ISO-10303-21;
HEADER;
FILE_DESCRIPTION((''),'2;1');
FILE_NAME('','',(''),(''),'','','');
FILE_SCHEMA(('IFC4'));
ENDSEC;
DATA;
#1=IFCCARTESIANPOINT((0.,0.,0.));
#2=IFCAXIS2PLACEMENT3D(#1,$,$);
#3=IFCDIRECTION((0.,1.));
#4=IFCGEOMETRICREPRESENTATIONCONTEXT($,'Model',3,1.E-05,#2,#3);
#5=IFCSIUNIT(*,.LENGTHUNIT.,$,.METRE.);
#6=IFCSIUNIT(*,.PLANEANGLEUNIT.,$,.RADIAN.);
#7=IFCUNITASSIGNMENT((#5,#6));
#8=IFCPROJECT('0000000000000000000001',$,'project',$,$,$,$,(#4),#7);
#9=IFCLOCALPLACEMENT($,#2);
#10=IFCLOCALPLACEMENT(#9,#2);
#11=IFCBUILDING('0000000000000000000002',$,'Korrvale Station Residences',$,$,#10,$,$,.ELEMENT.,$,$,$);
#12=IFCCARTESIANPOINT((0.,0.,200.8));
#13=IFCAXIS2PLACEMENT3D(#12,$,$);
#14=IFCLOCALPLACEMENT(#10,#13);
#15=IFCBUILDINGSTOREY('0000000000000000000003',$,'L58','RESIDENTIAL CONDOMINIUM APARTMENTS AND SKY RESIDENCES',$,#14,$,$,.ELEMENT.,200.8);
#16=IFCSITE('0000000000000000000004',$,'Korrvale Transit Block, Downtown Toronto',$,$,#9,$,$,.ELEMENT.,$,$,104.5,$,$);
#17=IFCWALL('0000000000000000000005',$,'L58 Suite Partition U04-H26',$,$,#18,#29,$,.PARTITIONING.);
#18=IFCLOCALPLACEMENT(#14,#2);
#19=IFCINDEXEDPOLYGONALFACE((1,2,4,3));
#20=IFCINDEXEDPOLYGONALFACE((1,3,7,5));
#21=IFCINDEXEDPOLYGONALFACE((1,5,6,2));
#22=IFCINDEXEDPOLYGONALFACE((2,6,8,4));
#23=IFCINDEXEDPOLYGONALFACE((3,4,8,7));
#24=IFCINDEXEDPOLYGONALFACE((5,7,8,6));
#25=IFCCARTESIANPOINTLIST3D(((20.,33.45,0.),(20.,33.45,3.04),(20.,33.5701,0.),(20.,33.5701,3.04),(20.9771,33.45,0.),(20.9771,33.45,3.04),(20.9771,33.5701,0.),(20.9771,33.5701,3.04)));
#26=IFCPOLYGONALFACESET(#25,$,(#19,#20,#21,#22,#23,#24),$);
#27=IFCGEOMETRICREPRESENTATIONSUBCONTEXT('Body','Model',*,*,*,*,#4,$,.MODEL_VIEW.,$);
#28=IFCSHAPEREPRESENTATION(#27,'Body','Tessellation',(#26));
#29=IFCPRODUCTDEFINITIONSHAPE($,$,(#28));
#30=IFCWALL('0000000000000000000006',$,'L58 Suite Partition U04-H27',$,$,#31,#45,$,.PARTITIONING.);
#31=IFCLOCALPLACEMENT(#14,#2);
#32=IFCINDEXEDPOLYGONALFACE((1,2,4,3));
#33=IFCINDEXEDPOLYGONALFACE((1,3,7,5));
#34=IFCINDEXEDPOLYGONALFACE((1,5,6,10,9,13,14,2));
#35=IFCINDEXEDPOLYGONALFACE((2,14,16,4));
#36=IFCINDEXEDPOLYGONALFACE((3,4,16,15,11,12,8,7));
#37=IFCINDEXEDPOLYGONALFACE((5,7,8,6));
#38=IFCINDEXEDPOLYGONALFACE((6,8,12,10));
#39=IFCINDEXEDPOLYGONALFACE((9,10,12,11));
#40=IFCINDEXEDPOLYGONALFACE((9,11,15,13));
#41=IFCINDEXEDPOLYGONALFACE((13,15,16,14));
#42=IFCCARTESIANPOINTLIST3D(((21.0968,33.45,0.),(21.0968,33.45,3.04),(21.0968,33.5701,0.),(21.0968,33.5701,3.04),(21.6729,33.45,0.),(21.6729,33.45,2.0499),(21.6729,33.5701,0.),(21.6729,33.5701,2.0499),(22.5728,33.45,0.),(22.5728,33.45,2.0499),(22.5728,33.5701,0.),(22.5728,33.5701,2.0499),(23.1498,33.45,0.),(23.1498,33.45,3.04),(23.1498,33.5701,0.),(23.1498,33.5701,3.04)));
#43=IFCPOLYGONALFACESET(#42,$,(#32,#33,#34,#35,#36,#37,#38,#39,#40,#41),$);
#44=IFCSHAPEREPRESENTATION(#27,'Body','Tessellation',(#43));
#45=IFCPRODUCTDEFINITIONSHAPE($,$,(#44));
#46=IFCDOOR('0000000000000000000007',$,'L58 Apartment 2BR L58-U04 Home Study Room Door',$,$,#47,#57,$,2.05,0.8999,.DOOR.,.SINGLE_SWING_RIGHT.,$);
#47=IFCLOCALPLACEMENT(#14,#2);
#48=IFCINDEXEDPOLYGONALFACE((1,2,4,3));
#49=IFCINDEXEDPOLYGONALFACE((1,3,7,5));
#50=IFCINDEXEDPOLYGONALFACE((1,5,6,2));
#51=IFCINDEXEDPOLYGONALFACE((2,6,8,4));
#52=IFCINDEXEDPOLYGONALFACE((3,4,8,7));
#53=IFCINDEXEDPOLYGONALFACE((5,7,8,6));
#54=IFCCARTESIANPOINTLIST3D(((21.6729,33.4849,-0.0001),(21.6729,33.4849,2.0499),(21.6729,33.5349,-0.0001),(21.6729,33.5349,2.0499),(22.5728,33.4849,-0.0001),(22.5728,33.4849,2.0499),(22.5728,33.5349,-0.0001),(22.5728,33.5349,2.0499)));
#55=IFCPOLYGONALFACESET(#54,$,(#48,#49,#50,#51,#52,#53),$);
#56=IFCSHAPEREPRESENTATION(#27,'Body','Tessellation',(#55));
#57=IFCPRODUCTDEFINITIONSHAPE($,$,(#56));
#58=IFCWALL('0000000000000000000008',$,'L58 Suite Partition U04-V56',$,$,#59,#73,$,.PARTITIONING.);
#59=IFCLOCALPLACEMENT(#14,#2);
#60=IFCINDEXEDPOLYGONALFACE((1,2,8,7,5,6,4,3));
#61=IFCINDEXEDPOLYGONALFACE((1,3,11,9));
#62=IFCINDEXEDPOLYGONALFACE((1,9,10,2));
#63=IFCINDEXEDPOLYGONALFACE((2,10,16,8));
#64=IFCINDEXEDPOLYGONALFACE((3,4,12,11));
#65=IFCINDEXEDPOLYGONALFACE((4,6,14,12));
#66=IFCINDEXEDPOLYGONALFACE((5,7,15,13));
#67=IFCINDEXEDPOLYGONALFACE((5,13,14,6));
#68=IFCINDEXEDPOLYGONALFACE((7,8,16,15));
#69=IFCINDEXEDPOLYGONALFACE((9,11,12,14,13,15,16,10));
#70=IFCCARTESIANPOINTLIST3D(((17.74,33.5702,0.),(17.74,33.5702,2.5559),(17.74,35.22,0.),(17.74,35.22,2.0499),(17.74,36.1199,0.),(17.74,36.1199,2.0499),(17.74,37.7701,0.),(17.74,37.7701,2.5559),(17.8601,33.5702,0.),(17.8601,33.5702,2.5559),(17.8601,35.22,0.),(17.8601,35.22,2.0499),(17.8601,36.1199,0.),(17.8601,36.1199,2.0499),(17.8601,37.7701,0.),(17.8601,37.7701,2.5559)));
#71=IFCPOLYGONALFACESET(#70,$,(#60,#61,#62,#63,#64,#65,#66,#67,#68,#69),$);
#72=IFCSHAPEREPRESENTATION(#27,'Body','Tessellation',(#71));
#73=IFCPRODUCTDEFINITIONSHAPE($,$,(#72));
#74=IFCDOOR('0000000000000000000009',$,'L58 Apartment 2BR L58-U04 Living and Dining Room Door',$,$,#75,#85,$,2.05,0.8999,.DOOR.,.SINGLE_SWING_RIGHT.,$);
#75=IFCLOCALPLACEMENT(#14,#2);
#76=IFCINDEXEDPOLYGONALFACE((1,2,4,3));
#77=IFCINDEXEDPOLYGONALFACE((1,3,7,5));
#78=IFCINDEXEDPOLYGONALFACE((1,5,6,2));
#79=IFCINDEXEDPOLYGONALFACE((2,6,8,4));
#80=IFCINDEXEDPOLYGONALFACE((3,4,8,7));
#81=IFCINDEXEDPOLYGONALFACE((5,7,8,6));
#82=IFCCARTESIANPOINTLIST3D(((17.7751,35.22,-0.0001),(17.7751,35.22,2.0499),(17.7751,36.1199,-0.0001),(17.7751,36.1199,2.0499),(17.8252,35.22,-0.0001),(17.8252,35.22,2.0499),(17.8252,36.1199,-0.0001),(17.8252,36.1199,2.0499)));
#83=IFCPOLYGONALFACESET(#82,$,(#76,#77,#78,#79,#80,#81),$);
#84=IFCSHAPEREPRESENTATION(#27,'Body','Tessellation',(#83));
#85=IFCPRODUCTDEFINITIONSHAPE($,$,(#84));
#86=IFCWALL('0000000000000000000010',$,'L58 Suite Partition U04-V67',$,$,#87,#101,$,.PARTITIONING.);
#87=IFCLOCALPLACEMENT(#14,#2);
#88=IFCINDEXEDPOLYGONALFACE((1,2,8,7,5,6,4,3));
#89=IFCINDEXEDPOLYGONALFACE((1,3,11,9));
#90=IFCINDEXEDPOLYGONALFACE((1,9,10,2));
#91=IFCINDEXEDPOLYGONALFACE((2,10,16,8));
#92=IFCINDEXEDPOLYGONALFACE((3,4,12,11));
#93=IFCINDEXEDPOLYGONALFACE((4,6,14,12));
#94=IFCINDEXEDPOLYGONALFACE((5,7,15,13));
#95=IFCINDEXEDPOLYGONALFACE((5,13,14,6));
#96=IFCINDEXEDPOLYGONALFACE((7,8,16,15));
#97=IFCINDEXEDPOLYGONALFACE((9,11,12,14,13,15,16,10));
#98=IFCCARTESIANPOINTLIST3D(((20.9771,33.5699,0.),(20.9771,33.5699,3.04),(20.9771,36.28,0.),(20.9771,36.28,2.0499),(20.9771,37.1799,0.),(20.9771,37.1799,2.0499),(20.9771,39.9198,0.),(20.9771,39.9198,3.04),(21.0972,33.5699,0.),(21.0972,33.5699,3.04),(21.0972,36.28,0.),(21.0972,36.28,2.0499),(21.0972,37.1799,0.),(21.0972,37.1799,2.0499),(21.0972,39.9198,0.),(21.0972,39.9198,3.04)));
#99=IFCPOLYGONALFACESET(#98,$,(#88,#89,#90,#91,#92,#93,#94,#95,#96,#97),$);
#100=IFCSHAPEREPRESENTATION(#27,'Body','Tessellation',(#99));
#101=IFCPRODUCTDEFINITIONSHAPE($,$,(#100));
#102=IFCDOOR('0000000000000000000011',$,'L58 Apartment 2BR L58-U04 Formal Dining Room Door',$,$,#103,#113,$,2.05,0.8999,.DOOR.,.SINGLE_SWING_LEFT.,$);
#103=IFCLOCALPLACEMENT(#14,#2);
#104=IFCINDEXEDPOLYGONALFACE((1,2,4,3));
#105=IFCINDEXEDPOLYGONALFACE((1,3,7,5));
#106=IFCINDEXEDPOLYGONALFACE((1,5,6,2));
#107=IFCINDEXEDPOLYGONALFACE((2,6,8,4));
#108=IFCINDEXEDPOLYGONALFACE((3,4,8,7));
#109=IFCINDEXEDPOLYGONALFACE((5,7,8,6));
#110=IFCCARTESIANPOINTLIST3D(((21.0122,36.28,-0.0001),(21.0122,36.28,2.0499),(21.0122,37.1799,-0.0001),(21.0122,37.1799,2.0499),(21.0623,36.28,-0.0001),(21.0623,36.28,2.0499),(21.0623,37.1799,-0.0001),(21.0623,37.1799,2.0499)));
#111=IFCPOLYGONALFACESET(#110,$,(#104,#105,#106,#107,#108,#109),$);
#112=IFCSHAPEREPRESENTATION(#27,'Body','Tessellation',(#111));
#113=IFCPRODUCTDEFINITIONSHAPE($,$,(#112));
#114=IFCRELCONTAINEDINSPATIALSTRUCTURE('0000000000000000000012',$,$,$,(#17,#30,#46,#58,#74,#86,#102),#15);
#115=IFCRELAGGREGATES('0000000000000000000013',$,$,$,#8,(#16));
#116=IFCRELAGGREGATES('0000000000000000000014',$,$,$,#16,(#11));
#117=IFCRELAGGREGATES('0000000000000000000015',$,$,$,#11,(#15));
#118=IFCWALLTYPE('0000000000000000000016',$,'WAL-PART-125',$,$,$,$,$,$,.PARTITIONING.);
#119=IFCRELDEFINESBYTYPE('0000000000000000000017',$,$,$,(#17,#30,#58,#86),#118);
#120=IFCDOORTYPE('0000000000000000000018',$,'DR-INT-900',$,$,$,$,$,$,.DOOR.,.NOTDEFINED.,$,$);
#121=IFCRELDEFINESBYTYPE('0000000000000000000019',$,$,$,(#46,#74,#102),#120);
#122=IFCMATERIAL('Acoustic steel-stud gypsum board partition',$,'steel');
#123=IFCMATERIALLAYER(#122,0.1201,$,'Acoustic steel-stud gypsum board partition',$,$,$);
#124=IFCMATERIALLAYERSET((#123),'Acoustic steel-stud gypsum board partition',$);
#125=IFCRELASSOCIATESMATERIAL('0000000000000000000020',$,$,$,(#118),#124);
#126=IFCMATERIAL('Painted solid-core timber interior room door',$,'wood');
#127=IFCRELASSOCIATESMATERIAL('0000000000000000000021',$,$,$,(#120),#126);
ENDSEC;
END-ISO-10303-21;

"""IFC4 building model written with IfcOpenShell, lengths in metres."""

from ifc_helpers import new_model, si_unit, direction, frame, frame_2d, origin, place, context, subcontext, project, spatial, rectangle, extrude, material, layer, layer_set, type_object, element, fill, save


model = new_model("IFC4")

# Units and contexts
model_context = context("Model", 3, precision=1e-05, world=origin(), true_north=direction((0.0, 1.0)))
body_context = subcontext(model_context, "Body", "Model", "MODEL_VIEW")
ifc_project = project(units=[si_unit("LENGTHUNIT", "METRE"), si_unit("PLANEANGLEUNIT", "RADIAN")], contexts=[model_context])

# Site, building, storey
site_placement = place(None, origin())
site = spatial("IfcSite", under=ifc_project, at=site_placement, Name="Korrvale Transit Block, Downtown Toronto", CompositionType="ELEMENT", RefElevation=104.5)
building_placement = place(site_placement, origin())
building = spatial("IfcBuilding", under=site, at=building_placement, Name="Korrvale Station Residences", CompositionType="ELEMENT")
storey_placement = place(building_placement, frame((0.0, 0.0, 200.8)))
storey = spatial("IfcBuildingStorey", under=building, at=storey_placement, Name="L58", Description="RESIDENTIAL CONDOMINIUM APARTMENTS AND SKY RESIDENCES", CompositionType="ELEMENT", Elevation=200.8)

# Shared definitions
ifc_material_1 = material(Name="Acoustic steel-stud gypsum board partition", Category="steel")
ifc_layer = layer(ifc_material_1, 0.1201, Name="Acoustic steel-stud gypsum board partition")
ifc_layer_set = layer_set([ifc_layer], Name="Acoustic steel-stud gypsum board partition")
wall_type = type_object("IfcWallType", Name="WAL-PART-125", PredefinedType="PARTITIONING", material=ifc_layer_set)
ifc_material_2 = material(Name="Painted solid-core timber interior room door", Category="wood")
door_type_1 = type_object("IfcDoorType", Name="DR-INT-900", OperationType="NOTDEFINED", PredefinedType="DOOR", material=ifc_material_2)

# Wall
wall_1_placement = place(storey_placement, frame((20.0, 33.51, 0.0), z_axis=(0.0, 0.0, 1.0), x_axis=(1.0, 0.0, 0.0)))
element("IfcWall", 1, at=wall_1_placement, inside=storey, type_object=wall_type, Name="L58 Suite Partition U04-H26", PredefinedType="PARTITIONING", context=body_context, shape_type="SweptSolid", body=[
    extrude(rectangle(XDim=0.9771, YDim=0.1201, at=frame_2d((0.4885, 0.0))), origin(), (0.0, 0.0, 1.0), 3.04),
])

# Walls, openings, doors
wall_2_placement = place(storey_placement, frame((21.0969, 33.51, 0.0), z_axis=(0.0, 0.0, 1.0), x_axis=(1.0, 0.0, 0.0)))
wall_2 = element("IfcWall", 2, at=wall_2_placement, inside=storey, type_object=wall_type, Name="L58 Suite Partition U04-H27", PredefinedType="PARTITIONING", context=body_context, shape_type="SweptSolid", body=[
    extrude(rectangle(XDim=2.053, YDim=0.1201, at=frame_2d((1.0264, 0.0))), origin(), (0.0, 0.0, 1.0), 3.04),
])
opening_1_placement = place(wall_2_placement, frame((0.5759, 0.0, 0.0)))
opening_1 = element("IfcOpeningElement", 3, at=opening_1_placement, cuts=wall_2, PredefinedType="OPENING", context=body_context, shape_type="SweptSolid", body=[
    extrude(rectangle(XDim=0.8999, YDim=2.05, at=frame_2d((0.45, 1.0249))), frame((0.0, 0.0701, 0.0), z_axis=(0.0, -1.0, 0.0), x_axis=(1.0, 0.0, 0.0)), (0.0, 0.0, 1.0), 0.1401),
])
door_1_placement = place(opening_1_placement, origin())
door_1 = element("IfcDoor", 4, at=door_1_placement, inside=storey, type_object=door_type_1, Name="L58 Apartment 2BR L58-U04 Home Study Room Door", OperationType="SINGLE_SWING_RIGHT", OverallHeight=2.05, OverallWidth=0.8999, PredefinedType="DOOR", context=body_context, shape_type="SweptSolid", body=[
    extrude(rectangle(XDim=0.8999, YDim=2.05, at=frame_2d((0.45, 1.0249))), frame((0.0, 0.0249, 0.0), z_axis=(0.0, -1.0, 0.0), x_axis=(1.0, 0.0, 0.0)), (0.0, 0.0, 1.0), 0.05),
])
fill(opening_1, door_1)
wall_3_placement = place(storey_placement, frame((17.8, 33.5701, 0.0), z_axis=(0.0, 0.0, 1.0), x_axis=(0.0, 1.0, 0.0)))
wall_3 = element("IfcWall", 5, at=wall_3_placement, inside=storey, type_object=wall_type, Name="L58 Suite Partition U04-V56", PredefinedType="PARTITIONING", context=body_context, shape_type="SweptSolid", body=[
    extrude(rectangle(XDim=4.2, YDim=0.1201, at=frame_2d((2.1001, 0.0))), origin(), (0.0, 0.0, 1.0), 2.5559),
])
opening_2_placement = place(wall_3_placement, frame((1.6499, 0.0, 0.0)))
opening_2 = element("IfcOpeningElement", 6, at=opening_2_placement, cuts=wall_3, PredefinedType="OPENING", context=body_context, shape_type="SweptSolid", body=[
    extrude(rectangle(XDim=0.8999, YDim=2.05, at=frame_2d((0.45, 1.0249))), frame((0.0, 0.0701, 0.0), z_axis=(0.0, -1.0, 0.0), x_axis=(1.0, 0.0, 0.0)), (0.0, 0.0, 1.0), 0.1401),
])
door_2_placement = place(opening_2_placement, origin())
door_2 = element("IfcDoor", 7, at=door_2_placement, inside=storey, type_object=door_type_1, Name="L58 Apartment 2BR L58-U04 Living and Dining Room Door", OperationType="SINGLE_SWING_RIGHT", OverallHeight=2.05, OverallWidth=0.8999, PredefinedType="DOOR", context=body_context, shape_type="SweptSolid", body=[
    extrude(rectangle(XDim=0.8999, YDim=2.05, at=frame_2d((0.45, 1.0249))), frame((0.0, 0.0249, 0.0), z_axis=(0.0, -1.0, 0.0), x_axis=(1.0, 0.0, 0.0)), (0.0, 0.0, 1.0), 0.05),
])
fill(opening_2, door_2)
wall_4_placement = place(storey_placement, frame((21.0371, 33.5701, 0.0), z_axis=(0.0, 0.0, 1.0), x_axis=(0.0, 1.0, 0.0)))
wall_4 = element("IfcWall", 8, at=wall_4_placement, inside=storey, type_object=wall_type, Name="L58 Suite Partition U04-V67", PredefinedType="PARTITIONING", context=body_context, shape_type="SweptSolid", body=[
    extrude(rectangle(XDim=6.3499, YDim=0.1201, at=frame_2d((3.1748, 0.0))), origin(), (0.0, 0.0, 1.0), 3.04),
])
opening_3_placement = place(wall_4_placement, frame((2.71, 0.0, 0.0)))
opening_3 = element("IfcOpeningElement", 9, at=opening_3_placement, cuts=wall_4, PredefinedType="OPENING", context=body_context, shape_type="SweptSolid", body=[
    extrude(rectangle(XDim=0.8999, YDim=2.05, at=frame_2d((0.45, 1.0249))), frame((0.0, 0.0701, 0.0), z_axis=(0.0, -1.0, 0.0), x_axis=(1.0, 0.0, 0.0)), (0.0, 0.0, 1.0), 0.1401),
])
door_3_placement = place(opening_3_placement, origin())
door_3 = element("IfcDoor", 10, at=door_3_placement, inside=storey, type_object=door_type_1, Name="L58 Apartment 2BR L58-U04 Formal Dining Room Door", OperationType="SINGLE_SWING_LEFT", OverallHeight=2.05, OverallWidth=0.8999, PredefinedType="DOOR", context=body_context, shape_type="SweptSolid", body=[
    extrude(rectangle(XDim=0.8999, YDim=2.05, at=frame_2d((0.45, 1.0249))), frame((0.0, 0.0249, 0.0), z_axis=(0.0, -1.0, 0.0), x_axis=(1.0, 0.0, 0.0)), (0.0, 0.0, 1.0), 0.05),
])
fill(opening_3, door_3)

save(model, "model.ifc")
